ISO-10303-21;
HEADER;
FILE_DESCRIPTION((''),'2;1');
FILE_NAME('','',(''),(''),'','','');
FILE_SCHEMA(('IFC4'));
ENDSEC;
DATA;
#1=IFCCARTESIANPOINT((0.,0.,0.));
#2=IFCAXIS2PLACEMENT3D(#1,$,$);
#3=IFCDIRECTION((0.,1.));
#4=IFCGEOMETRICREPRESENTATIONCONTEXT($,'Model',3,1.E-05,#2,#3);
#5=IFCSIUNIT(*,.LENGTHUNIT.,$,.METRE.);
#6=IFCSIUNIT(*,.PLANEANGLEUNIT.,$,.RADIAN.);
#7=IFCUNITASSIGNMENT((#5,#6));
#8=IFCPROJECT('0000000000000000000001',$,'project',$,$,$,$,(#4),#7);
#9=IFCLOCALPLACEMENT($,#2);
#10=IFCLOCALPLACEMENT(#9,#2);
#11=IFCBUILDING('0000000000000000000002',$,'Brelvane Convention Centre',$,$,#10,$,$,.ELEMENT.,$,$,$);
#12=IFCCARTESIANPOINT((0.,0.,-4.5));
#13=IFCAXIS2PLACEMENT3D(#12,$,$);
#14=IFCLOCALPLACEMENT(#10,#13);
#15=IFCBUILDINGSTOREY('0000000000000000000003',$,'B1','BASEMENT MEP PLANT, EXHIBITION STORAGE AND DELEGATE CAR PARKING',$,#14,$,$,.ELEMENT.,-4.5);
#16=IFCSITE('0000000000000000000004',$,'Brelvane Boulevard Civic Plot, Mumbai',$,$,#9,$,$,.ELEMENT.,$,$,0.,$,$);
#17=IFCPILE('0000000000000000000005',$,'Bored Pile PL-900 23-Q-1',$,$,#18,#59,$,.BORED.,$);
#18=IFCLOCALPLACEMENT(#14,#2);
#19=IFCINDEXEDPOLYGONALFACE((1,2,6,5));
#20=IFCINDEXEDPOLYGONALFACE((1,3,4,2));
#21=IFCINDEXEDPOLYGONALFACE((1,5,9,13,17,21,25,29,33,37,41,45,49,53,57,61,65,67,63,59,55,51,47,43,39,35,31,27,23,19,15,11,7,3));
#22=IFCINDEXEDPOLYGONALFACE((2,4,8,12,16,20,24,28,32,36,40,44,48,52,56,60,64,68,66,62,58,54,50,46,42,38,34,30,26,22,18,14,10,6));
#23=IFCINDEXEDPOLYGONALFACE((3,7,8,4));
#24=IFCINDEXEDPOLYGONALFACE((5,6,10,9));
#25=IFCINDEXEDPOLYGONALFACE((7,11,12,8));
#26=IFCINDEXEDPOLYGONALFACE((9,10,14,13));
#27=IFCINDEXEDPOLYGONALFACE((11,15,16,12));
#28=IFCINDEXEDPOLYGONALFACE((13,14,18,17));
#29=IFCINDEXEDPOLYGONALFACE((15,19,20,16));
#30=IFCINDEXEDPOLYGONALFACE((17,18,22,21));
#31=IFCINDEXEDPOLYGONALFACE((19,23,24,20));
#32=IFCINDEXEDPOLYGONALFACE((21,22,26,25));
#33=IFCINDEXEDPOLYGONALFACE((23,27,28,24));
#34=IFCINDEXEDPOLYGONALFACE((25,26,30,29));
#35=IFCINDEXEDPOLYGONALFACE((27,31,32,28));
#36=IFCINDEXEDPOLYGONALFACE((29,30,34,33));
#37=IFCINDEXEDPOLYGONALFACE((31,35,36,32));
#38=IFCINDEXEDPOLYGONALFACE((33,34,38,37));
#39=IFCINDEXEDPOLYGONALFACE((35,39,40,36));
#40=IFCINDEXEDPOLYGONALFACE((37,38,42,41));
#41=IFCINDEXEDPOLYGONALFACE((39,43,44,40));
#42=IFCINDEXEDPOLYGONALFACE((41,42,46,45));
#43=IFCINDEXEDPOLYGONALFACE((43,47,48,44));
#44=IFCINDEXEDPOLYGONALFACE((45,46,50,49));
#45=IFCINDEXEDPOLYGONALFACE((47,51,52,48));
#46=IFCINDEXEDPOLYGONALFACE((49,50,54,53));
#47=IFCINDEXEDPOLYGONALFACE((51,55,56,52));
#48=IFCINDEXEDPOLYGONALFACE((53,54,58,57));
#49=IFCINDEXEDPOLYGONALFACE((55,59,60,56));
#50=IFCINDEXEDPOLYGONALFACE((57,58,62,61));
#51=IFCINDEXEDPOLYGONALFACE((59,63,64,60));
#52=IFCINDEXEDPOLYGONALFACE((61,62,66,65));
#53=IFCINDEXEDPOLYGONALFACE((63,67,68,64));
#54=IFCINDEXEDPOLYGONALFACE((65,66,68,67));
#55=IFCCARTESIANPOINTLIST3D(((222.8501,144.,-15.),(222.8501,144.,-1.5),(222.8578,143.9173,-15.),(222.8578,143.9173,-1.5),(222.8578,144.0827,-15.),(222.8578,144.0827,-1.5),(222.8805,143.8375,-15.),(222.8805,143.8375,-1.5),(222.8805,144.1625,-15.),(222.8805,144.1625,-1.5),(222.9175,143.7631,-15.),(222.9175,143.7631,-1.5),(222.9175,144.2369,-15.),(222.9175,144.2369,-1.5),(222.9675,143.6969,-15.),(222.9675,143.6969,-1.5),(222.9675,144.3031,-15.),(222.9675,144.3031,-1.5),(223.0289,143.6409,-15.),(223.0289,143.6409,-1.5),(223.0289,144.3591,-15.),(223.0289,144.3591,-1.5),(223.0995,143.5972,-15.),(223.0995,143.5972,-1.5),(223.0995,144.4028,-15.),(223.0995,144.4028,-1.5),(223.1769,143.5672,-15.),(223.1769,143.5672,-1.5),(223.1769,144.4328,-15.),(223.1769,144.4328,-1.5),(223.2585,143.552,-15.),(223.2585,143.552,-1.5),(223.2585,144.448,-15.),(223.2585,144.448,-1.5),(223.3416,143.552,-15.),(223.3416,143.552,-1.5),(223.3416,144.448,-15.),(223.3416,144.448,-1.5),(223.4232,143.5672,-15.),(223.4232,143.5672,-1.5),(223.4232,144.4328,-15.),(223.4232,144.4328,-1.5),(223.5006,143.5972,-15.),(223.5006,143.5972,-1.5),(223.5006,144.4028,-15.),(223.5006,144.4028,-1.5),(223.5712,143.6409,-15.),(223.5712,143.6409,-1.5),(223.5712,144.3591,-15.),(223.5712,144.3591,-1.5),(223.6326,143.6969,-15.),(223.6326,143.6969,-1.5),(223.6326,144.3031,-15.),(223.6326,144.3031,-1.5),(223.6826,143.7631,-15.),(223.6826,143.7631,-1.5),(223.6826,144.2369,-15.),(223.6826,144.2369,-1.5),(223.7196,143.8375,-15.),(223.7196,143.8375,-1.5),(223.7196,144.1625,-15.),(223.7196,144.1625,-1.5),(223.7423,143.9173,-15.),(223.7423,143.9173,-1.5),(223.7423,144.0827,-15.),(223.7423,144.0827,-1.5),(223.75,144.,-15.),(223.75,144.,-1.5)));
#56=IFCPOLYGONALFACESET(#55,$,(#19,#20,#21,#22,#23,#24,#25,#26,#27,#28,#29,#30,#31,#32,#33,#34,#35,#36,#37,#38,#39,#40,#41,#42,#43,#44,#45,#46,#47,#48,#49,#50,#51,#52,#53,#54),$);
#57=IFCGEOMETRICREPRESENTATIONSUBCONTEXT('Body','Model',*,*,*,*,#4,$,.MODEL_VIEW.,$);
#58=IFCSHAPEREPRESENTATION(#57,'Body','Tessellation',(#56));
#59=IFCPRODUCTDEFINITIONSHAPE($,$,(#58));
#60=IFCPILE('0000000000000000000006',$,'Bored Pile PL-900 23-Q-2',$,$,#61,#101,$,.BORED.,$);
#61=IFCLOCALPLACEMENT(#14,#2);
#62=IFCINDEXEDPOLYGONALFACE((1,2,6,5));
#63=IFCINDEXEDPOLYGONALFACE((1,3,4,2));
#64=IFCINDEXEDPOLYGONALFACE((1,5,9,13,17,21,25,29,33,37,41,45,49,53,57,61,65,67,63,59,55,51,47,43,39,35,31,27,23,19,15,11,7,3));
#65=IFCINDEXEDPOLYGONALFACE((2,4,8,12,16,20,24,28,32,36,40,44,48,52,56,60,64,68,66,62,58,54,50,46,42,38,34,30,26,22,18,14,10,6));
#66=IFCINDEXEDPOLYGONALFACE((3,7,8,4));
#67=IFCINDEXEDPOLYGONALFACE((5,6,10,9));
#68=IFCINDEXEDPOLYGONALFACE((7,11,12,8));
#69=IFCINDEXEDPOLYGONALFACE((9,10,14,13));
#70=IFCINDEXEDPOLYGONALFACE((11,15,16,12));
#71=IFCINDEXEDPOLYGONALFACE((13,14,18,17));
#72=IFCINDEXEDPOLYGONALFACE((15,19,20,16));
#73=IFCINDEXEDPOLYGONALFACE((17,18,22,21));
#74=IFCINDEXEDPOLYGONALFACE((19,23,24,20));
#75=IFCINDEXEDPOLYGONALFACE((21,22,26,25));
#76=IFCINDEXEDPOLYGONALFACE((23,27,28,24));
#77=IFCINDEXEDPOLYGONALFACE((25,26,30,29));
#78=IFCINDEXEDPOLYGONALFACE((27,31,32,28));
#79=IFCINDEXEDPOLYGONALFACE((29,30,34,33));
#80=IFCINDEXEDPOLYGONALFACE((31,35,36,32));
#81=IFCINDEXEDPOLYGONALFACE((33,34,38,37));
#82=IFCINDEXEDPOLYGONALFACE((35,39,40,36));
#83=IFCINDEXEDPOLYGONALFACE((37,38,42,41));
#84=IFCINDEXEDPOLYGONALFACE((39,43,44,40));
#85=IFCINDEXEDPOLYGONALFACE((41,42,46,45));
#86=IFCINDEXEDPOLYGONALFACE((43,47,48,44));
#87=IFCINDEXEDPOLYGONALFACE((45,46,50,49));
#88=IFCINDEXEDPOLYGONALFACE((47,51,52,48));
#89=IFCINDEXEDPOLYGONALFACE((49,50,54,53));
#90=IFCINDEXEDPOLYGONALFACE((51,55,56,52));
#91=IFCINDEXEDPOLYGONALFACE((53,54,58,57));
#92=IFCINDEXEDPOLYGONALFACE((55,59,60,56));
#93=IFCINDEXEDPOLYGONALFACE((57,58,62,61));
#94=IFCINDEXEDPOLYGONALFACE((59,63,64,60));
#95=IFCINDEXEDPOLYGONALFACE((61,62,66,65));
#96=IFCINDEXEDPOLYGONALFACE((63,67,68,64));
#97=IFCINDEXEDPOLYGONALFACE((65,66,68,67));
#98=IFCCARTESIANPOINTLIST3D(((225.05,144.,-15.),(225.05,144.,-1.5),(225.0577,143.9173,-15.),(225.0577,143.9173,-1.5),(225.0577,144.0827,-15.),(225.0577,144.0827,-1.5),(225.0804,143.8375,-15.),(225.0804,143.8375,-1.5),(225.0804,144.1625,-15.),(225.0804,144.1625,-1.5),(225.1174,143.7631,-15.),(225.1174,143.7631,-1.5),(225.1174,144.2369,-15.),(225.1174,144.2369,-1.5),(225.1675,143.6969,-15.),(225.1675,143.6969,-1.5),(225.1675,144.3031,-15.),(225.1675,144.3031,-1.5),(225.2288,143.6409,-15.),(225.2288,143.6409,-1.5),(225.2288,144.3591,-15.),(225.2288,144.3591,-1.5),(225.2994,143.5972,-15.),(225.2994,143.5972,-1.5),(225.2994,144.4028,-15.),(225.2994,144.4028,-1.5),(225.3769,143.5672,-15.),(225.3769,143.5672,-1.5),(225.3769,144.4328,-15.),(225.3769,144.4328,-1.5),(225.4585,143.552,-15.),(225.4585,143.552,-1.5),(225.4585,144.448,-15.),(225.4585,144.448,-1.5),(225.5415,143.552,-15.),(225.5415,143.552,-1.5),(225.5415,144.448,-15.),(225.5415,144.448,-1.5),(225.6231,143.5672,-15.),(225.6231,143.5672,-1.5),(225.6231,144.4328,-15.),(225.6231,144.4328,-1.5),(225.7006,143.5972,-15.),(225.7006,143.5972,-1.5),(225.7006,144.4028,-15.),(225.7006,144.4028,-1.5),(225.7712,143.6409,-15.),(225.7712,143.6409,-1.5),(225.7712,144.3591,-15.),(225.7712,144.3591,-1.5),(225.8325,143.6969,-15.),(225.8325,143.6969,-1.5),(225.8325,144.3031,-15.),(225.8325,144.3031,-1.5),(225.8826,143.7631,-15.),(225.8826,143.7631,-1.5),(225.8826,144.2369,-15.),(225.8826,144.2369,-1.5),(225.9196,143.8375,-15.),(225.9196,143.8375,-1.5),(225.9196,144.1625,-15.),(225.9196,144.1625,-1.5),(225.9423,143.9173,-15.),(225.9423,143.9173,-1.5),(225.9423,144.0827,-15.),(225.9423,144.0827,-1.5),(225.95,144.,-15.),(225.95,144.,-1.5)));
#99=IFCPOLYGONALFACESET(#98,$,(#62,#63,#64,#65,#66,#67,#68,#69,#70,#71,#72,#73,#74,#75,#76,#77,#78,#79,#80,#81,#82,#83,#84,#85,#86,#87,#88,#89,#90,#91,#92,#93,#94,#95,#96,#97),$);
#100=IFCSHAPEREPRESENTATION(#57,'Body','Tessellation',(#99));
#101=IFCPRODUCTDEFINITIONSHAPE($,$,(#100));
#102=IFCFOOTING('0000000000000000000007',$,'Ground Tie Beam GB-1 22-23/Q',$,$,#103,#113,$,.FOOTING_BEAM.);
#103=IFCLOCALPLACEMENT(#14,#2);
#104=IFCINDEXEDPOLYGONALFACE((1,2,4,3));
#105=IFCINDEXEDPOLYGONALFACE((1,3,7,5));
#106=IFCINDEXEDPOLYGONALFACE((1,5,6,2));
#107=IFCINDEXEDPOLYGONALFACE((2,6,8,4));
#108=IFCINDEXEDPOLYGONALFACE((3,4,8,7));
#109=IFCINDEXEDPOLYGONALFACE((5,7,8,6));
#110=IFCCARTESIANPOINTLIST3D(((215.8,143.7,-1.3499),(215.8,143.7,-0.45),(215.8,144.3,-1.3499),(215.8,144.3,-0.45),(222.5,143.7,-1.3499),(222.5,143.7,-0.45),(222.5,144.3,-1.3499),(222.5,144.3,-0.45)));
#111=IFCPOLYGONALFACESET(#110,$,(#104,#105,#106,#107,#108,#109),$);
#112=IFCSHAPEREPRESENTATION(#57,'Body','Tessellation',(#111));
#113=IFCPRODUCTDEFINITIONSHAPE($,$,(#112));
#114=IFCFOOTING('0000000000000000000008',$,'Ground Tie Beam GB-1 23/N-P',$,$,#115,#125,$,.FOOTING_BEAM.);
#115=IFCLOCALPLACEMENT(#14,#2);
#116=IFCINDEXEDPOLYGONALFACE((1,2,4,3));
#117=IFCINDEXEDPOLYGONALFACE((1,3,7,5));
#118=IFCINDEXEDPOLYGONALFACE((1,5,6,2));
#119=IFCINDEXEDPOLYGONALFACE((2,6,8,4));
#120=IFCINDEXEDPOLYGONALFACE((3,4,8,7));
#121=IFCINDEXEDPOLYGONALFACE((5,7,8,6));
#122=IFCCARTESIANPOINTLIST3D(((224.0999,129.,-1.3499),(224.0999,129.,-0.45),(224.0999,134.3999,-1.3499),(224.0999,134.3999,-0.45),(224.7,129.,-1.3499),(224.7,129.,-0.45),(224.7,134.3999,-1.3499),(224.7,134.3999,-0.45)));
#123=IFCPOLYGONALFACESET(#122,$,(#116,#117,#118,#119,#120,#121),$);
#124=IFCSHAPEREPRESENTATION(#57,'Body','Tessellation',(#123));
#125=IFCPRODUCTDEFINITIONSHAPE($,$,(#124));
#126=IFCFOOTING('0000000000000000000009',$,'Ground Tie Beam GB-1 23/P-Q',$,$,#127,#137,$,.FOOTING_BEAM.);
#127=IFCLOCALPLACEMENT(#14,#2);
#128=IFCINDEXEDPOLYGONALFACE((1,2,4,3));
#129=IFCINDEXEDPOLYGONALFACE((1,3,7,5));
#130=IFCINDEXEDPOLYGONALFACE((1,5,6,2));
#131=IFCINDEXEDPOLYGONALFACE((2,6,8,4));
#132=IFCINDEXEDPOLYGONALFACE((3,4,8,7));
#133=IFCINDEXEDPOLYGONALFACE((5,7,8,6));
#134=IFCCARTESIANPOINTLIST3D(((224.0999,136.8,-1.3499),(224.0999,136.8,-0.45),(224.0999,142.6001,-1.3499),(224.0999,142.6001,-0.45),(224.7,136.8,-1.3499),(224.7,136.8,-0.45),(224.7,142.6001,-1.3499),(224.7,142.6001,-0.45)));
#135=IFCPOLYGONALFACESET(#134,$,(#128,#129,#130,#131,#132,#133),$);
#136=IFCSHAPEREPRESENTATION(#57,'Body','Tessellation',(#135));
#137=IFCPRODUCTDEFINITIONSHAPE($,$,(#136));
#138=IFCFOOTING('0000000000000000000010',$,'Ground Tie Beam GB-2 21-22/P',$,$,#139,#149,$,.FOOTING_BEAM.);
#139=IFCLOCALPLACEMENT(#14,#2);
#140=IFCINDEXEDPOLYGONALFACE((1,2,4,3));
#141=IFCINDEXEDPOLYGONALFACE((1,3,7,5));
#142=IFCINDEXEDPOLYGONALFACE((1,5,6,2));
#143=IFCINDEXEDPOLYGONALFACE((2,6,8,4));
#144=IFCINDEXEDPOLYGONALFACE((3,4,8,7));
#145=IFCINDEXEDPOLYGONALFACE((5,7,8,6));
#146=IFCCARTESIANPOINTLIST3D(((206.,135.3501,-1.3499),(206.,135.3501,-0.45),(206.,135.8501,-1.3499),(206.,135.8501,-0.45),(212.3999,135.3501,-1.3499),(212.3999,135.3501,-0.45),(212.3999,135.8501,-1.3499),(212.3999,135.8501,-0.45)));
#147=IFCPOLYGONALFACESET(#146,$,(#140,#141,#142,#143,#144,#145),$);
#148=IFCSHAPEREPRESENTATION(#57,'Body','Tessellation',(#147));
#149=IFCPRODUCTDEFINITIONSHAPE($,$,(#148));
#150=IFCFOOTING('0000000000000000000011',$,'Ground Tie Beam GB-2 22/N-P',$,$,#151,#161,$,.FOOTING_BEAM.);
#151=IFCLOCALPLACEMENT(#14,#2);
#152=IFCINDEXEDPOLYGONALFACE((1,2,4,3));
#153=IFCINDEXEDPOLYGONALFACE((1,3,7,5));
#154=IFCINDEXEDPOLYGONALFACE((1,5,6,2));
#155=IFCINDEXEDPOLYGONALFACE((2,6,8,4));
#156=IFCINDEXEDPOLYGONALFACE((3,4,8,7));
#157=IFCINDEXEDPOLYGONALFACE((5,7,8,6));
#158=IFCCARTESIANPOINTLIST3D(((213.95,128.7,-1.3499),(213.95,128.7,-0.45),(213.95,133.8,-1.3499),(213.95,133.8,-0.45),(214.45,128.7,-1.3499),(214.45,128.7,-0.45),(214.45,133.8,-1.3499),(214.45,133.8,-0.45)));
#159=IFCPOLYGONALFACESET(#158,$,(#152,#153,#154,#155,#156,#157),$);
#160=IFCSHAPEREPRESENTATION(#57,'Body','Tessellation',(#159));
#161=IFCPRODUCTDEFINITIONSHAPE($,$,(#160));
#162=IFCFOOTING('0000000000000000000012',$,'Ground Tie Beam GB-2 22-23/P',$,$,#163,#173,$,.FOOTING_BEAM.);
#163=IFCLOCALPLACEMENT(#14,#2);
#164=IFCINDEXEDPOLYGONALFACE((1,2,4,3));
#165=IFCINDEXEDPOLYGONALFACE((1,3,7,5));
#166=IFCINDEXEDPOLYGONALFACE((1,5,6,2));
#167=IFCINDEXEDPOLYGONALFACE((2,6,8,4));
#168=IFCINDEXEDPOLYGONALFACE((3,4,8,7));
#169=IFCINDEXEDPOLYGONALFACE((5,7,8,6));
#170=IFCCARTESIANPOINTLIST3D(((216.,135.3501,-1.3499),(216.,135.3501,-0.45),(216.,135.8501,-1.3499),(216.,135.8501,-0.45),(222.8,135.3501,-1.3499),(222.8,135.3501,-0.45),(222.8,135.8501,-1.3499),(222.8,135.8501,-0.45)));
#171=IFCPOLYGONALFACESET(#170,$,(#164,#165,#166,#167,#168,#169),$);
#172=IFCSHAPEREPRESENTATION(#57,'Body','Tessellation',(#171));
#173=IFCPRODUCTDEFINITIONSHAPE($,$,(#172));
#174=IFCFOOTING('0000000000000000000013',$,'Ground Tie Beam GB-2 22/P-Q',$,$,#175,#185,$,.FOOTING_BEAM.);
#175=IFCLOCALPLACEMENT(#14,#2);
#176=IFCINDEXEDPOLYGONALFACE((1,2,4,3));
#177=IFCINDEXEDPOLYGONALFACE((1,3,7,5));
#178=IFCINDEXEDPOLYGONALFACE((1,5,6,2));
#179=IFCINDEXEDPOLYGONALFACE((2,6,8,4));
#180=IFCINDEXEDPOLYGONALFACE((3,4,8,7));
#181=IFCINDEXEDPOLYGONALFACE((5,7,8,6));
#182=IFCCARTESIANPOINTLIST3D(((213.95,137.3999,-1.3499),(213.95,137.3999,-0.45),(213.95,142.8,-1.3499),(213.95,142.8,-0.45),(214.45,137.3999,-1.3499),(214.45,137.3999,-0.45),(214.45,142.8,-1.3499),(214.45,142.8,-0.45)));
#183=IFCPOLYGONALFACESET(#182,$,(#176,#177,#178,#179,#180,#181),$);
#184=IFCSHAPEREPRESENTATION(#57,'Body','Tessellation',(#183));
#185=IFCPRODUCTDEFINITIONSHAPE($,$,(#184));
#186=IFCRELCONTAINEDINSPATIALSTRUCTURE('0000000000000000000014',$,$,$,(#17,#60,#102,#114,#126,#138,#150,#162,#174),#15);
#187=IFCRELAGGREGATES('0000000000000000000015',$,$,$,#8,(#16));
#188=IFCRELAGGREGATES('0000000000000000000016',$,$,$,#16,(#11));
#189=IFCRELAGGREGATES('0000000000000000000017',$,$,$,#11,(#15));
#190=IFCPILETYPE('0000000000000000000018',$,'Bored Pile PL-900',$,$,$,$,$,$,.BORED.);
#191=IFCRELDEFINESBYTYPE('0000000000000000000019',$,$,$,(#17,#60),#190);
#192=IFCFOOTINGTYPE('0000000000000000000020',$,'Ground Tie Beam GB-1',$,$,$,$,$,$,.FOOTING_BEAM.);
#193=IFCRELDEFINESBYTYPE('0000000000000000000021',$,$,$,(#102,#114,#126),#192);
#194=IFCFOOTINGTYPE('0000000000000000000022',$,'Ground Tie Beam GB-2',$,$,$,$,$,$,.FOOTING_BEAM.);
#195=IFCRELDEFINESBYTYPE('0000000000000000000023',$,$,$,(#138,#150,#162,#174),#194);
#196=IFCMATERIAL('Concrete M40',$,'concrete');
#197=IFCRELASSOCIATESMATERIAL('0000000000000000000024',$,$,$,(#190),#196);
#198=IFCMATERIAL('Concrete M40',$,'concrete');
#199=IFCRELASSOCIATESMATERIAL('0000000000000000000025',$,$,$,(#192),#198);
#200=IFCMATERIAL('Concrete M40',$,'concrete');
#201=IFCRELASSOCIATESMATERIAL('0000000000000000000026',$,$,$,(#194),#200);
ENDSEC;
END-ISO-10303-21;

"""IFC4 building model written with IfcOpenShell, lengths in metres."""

from ifc_helpers import new_model, si_unit, direction, frame, origin, origin_2d, place, context, subcontext, project, spatial, rectangle, circle, extrude, material, material_profile, profile_set, type_object, element, save


model = new_model("IFC4")

# Units and contexts
model_context = context("Model", 3, precision=1e-05, world=origin(), true_north=direction((0.0, 1.0)))
body_context = subcontext(model_context, "Body", "Model", "MODEL_VIEW")
ifc_project = project(units=[si_unit("LENGTHUNIT", "METRE"), si_unit("PLANEANGLEUNIT", "RADIAN")], contexts=[model_context])

# Site, building, storey
site_placement = place(None, origin())
site = spatial("IfcSite", under=ifc_project, at=site_placement, Name="Brelvane Boulevard Civic Plot, Mumbai", CompositionType="ELEMENT", RefElevation=0.0)
building_placement = place(site_placement, origin())
building = spatial("IfcBuilding", under=site, at=building_placement, Name="Brelvane Convention Centre", CompositionType="ELEMENT")
storey_placement = place(building_placement, frame((0.0, 0.0, -4.5)))
storey = spatial("IfcBuildingStorey", under=building, at=storey_placement, Name="B1", Description="BASEMENT MEP PLANT, EXHIBITION STORAGE AND DELEGATE CAR PARKING", CompositionType="ELEMENT", Elevation=-4.5)

# Piles
ifc_material_1 = material(Name="Concrete M40", Category="concrete")
ifc_material_profile_1 = material_profile(ifc_material_1, circle(Radius=0.45, at=origin_2d()), Name="PILE D900")
ifc_profile_set_1 = profile_set([ifc_material_profile_1], Name="Concrete M40")
pile_type = type_object("IfcPileType", Name="Bored Pile PL-900", PredefinedType="BORED", material=ifc_profile_set_1)
for number, where, z_axis, x_axis, name in (
    (1, (223.3, 144.0, -1.5), (0.0, 0.0, -1.0), (1.0, 0.0, 0.0), "Bored Pile PL-900 23-Q-1"),
    (2, (225.5, 144.0, -1.5), (0.0, 0.0, -1.0), (1.0, 0.0, 0.0), "Bored Pile PL-900 23-Q-2"),
):
    element("IfcPile", number, at=place(storey_placement, frame(where, z_axis=z_axis, x_axis=x_axis)), inside=storey, type_object=pile_type, Name=name, PredefinedType="BORED", context=body_context, shape_type="SweptSolid", body=[
        extrude(circle(Radius=0.45, at=origin_2d()), origin(), (0.0, 0.0, 1.0), 13.5),
    ])

# Footings
ifc_material_2 = material(Name="Concrete M40", Category="concrete")
ifc_material_profile_2 = material_profile(ifc_material_2, rectangle(XDim=0.6001, YDim=0.8999, at=origin_2d()), Name="RC 600x900")
ifc_profile_set_2 = profile_set([ifc_material_profile_2], Name="Concrete M40")
footing_type_1 = type_object("IfcFootingType", Name="Ground Tie Beam GB-1", PredefinedType="FOOTING_BEAM", material=ifc_profile_set_2)
footing_1_placement = place(storey_placement, frame((215.8, 144.0, -0.8999), z_axis=(1.0, 0.0, 0.0), x_axis=(0.0, 1.0, 0.0)))
element("IfcFooting", 3, at=footing_1_placement, inside=storey, type_object=footing_type_1, Name="Ground Tie Beam GB-1 22-23/Q", PredefinedType="FOOTING_BEAM", context=body_context, shape_type="SweptSolid", body=[
    extrude(rectangle(XDim=0.6001, YDim=0.8999, at=origin_2d()), origin(), (0.0, 0.0, 1.0), 6.7),
])
footing_2_placement = place(storey_placement, frame((224.3999, 129.0, -0.8999), z_axis=(0.0, 1.0, 0.0), x_axis=(-1.0, 0.0, 0.0)))
element("IfcFooting", 4, at=footing_2_placement, inside=storey, type_object=footing_type_1, Name="Ground Tie Beam GB-1 23/N-P", PredefinedType="FOOTING_BEAM", context=body_context, shape_type="SweptSolid", body=[
    extrude(rectangle(XDim=0.6001, YDim=0.8999, at=origin_2d()), origin(), (0.0, 0.0, 1.0), 5.3999),
])
footing_3_placement = place(storey_placement, frame((224.3999, 136.8, -0.8999), z_axis=(0.0, 1.0, 0.0), x_axis=(-1.0, 0.0, 0.0)))
element("IfcFooting", 5, at=footing_3_placement, inside=storey, type_object=footing_type_1, Name="Ground Tie Beam GB-1 23/P-Q", PredefinedType="FOOTING_BEAM", context=body_context, shape_type="SweptSolid", body=[
    extrude(rectangle(XDim=0.6001, YDim=0.8999, at=origin_2d()), origin(), (0.0, 0.0, 1.0), 5.8),
])
ifc_material_3 = material(Name="Concrete M40", Category="concrete")
ifc_material_profile_3 = material_profile(ifc_material_3, rectangle(XDim=0.5, YDim=0.8999, at=origin_2d()), Name="RC 500x900")
ifc_profile_set_3 = profile_set([ifc_material_profile_3], Name="Concrete M40")
footing_type_2 = type_object("IfcFootingType", Name="Ground Tie Beam GB-2", PredefinedType="FOOTING_BEAM", material=ifc_profile_set_3)
footing_4_placement = place(storey_placement, frame((206.0, 135.6001, -0.8999), z_axis=(1.0, 0.0, 0.0), x_axis=(0.0, 1.0, 0.0)))
element("IfcFooting", 6, at=footing_4_placement, inside=storey, type_object=footing_type_2, Name="Ground Tie Beam GB-2 21-22/P", PredefinedType="FOOTING_BEAM", context=body_context, shape_type="SweptSolid", body=[
    extrude(rectangle(XDim=0.5, YDim=0.8999, at=origin_2d()), origin(), (0.0, 0.0, 1.0), 6.3999),
])
footing_5_placement = place(storey_placement, frame((214.2, 128.7, -0.8999), z_axis=(0.0, 1.0, 0.0), x_axis=(-1.0, 0.0, 0.0)))
element("IfcFooting", 7, at=footing_5_placement, inside=storey, type_object=footing_type_2, Name="Ground Tie Beam GB-2 22/N-P", PredefinedType="FOOTING_BEAM", context=body_context, shape_type="SweptSolid", body=[
    extrude(rectangle(XDim=0.5, YDim=0.8999, at=origin_2d()), origin(), (0.0, 0.0, 1.0), 5.1001),
])
footing_6_placement = place(storey_placement, frame((216.0, 135.6001, -0.8999), z_axis=(1.0, 0.0, 0.0), x_axis=(0.0, 1.0, 0.0)))
element("IfcFooting", 8, at=footing_6_placement, inside=storey, type_object=footing_type_2, Name="Ground Tie Beam GB-2 22-23/P", PredefinedType="FOOTING_BEAM", context=body_context, shape_type="SweptSolid", body=[
    extrude(rectangle(XDim=0.5, YDim=0.8999, at=origin_2d()), origin(), (0.0, 0.0, 1.0), 6.8),
])
footing_7_placement = place(storey_placement, frame((214.2, 137.3999, -0.8999), z_axis=(0.0, 1.0, 0.0), x_axis=(-1.0, 0.0, 0.0)))
element("IfcFooting", 9, at=footing_7_placement, inside=storey, type_object=footing_type_2, Name="Ground Tie Beam GB-2 22/P-Q", PredefinedType="FOOTING_BEAM", context=body_context, shape_type="SweptSolid", body=[
    extrude(rectangle(XDim=0.5, YDim=0.8999, at=origin_2d()), origin(), (0.0, 0.0, 1.0), 5.4001),
])

save(model, "model.ifc")
